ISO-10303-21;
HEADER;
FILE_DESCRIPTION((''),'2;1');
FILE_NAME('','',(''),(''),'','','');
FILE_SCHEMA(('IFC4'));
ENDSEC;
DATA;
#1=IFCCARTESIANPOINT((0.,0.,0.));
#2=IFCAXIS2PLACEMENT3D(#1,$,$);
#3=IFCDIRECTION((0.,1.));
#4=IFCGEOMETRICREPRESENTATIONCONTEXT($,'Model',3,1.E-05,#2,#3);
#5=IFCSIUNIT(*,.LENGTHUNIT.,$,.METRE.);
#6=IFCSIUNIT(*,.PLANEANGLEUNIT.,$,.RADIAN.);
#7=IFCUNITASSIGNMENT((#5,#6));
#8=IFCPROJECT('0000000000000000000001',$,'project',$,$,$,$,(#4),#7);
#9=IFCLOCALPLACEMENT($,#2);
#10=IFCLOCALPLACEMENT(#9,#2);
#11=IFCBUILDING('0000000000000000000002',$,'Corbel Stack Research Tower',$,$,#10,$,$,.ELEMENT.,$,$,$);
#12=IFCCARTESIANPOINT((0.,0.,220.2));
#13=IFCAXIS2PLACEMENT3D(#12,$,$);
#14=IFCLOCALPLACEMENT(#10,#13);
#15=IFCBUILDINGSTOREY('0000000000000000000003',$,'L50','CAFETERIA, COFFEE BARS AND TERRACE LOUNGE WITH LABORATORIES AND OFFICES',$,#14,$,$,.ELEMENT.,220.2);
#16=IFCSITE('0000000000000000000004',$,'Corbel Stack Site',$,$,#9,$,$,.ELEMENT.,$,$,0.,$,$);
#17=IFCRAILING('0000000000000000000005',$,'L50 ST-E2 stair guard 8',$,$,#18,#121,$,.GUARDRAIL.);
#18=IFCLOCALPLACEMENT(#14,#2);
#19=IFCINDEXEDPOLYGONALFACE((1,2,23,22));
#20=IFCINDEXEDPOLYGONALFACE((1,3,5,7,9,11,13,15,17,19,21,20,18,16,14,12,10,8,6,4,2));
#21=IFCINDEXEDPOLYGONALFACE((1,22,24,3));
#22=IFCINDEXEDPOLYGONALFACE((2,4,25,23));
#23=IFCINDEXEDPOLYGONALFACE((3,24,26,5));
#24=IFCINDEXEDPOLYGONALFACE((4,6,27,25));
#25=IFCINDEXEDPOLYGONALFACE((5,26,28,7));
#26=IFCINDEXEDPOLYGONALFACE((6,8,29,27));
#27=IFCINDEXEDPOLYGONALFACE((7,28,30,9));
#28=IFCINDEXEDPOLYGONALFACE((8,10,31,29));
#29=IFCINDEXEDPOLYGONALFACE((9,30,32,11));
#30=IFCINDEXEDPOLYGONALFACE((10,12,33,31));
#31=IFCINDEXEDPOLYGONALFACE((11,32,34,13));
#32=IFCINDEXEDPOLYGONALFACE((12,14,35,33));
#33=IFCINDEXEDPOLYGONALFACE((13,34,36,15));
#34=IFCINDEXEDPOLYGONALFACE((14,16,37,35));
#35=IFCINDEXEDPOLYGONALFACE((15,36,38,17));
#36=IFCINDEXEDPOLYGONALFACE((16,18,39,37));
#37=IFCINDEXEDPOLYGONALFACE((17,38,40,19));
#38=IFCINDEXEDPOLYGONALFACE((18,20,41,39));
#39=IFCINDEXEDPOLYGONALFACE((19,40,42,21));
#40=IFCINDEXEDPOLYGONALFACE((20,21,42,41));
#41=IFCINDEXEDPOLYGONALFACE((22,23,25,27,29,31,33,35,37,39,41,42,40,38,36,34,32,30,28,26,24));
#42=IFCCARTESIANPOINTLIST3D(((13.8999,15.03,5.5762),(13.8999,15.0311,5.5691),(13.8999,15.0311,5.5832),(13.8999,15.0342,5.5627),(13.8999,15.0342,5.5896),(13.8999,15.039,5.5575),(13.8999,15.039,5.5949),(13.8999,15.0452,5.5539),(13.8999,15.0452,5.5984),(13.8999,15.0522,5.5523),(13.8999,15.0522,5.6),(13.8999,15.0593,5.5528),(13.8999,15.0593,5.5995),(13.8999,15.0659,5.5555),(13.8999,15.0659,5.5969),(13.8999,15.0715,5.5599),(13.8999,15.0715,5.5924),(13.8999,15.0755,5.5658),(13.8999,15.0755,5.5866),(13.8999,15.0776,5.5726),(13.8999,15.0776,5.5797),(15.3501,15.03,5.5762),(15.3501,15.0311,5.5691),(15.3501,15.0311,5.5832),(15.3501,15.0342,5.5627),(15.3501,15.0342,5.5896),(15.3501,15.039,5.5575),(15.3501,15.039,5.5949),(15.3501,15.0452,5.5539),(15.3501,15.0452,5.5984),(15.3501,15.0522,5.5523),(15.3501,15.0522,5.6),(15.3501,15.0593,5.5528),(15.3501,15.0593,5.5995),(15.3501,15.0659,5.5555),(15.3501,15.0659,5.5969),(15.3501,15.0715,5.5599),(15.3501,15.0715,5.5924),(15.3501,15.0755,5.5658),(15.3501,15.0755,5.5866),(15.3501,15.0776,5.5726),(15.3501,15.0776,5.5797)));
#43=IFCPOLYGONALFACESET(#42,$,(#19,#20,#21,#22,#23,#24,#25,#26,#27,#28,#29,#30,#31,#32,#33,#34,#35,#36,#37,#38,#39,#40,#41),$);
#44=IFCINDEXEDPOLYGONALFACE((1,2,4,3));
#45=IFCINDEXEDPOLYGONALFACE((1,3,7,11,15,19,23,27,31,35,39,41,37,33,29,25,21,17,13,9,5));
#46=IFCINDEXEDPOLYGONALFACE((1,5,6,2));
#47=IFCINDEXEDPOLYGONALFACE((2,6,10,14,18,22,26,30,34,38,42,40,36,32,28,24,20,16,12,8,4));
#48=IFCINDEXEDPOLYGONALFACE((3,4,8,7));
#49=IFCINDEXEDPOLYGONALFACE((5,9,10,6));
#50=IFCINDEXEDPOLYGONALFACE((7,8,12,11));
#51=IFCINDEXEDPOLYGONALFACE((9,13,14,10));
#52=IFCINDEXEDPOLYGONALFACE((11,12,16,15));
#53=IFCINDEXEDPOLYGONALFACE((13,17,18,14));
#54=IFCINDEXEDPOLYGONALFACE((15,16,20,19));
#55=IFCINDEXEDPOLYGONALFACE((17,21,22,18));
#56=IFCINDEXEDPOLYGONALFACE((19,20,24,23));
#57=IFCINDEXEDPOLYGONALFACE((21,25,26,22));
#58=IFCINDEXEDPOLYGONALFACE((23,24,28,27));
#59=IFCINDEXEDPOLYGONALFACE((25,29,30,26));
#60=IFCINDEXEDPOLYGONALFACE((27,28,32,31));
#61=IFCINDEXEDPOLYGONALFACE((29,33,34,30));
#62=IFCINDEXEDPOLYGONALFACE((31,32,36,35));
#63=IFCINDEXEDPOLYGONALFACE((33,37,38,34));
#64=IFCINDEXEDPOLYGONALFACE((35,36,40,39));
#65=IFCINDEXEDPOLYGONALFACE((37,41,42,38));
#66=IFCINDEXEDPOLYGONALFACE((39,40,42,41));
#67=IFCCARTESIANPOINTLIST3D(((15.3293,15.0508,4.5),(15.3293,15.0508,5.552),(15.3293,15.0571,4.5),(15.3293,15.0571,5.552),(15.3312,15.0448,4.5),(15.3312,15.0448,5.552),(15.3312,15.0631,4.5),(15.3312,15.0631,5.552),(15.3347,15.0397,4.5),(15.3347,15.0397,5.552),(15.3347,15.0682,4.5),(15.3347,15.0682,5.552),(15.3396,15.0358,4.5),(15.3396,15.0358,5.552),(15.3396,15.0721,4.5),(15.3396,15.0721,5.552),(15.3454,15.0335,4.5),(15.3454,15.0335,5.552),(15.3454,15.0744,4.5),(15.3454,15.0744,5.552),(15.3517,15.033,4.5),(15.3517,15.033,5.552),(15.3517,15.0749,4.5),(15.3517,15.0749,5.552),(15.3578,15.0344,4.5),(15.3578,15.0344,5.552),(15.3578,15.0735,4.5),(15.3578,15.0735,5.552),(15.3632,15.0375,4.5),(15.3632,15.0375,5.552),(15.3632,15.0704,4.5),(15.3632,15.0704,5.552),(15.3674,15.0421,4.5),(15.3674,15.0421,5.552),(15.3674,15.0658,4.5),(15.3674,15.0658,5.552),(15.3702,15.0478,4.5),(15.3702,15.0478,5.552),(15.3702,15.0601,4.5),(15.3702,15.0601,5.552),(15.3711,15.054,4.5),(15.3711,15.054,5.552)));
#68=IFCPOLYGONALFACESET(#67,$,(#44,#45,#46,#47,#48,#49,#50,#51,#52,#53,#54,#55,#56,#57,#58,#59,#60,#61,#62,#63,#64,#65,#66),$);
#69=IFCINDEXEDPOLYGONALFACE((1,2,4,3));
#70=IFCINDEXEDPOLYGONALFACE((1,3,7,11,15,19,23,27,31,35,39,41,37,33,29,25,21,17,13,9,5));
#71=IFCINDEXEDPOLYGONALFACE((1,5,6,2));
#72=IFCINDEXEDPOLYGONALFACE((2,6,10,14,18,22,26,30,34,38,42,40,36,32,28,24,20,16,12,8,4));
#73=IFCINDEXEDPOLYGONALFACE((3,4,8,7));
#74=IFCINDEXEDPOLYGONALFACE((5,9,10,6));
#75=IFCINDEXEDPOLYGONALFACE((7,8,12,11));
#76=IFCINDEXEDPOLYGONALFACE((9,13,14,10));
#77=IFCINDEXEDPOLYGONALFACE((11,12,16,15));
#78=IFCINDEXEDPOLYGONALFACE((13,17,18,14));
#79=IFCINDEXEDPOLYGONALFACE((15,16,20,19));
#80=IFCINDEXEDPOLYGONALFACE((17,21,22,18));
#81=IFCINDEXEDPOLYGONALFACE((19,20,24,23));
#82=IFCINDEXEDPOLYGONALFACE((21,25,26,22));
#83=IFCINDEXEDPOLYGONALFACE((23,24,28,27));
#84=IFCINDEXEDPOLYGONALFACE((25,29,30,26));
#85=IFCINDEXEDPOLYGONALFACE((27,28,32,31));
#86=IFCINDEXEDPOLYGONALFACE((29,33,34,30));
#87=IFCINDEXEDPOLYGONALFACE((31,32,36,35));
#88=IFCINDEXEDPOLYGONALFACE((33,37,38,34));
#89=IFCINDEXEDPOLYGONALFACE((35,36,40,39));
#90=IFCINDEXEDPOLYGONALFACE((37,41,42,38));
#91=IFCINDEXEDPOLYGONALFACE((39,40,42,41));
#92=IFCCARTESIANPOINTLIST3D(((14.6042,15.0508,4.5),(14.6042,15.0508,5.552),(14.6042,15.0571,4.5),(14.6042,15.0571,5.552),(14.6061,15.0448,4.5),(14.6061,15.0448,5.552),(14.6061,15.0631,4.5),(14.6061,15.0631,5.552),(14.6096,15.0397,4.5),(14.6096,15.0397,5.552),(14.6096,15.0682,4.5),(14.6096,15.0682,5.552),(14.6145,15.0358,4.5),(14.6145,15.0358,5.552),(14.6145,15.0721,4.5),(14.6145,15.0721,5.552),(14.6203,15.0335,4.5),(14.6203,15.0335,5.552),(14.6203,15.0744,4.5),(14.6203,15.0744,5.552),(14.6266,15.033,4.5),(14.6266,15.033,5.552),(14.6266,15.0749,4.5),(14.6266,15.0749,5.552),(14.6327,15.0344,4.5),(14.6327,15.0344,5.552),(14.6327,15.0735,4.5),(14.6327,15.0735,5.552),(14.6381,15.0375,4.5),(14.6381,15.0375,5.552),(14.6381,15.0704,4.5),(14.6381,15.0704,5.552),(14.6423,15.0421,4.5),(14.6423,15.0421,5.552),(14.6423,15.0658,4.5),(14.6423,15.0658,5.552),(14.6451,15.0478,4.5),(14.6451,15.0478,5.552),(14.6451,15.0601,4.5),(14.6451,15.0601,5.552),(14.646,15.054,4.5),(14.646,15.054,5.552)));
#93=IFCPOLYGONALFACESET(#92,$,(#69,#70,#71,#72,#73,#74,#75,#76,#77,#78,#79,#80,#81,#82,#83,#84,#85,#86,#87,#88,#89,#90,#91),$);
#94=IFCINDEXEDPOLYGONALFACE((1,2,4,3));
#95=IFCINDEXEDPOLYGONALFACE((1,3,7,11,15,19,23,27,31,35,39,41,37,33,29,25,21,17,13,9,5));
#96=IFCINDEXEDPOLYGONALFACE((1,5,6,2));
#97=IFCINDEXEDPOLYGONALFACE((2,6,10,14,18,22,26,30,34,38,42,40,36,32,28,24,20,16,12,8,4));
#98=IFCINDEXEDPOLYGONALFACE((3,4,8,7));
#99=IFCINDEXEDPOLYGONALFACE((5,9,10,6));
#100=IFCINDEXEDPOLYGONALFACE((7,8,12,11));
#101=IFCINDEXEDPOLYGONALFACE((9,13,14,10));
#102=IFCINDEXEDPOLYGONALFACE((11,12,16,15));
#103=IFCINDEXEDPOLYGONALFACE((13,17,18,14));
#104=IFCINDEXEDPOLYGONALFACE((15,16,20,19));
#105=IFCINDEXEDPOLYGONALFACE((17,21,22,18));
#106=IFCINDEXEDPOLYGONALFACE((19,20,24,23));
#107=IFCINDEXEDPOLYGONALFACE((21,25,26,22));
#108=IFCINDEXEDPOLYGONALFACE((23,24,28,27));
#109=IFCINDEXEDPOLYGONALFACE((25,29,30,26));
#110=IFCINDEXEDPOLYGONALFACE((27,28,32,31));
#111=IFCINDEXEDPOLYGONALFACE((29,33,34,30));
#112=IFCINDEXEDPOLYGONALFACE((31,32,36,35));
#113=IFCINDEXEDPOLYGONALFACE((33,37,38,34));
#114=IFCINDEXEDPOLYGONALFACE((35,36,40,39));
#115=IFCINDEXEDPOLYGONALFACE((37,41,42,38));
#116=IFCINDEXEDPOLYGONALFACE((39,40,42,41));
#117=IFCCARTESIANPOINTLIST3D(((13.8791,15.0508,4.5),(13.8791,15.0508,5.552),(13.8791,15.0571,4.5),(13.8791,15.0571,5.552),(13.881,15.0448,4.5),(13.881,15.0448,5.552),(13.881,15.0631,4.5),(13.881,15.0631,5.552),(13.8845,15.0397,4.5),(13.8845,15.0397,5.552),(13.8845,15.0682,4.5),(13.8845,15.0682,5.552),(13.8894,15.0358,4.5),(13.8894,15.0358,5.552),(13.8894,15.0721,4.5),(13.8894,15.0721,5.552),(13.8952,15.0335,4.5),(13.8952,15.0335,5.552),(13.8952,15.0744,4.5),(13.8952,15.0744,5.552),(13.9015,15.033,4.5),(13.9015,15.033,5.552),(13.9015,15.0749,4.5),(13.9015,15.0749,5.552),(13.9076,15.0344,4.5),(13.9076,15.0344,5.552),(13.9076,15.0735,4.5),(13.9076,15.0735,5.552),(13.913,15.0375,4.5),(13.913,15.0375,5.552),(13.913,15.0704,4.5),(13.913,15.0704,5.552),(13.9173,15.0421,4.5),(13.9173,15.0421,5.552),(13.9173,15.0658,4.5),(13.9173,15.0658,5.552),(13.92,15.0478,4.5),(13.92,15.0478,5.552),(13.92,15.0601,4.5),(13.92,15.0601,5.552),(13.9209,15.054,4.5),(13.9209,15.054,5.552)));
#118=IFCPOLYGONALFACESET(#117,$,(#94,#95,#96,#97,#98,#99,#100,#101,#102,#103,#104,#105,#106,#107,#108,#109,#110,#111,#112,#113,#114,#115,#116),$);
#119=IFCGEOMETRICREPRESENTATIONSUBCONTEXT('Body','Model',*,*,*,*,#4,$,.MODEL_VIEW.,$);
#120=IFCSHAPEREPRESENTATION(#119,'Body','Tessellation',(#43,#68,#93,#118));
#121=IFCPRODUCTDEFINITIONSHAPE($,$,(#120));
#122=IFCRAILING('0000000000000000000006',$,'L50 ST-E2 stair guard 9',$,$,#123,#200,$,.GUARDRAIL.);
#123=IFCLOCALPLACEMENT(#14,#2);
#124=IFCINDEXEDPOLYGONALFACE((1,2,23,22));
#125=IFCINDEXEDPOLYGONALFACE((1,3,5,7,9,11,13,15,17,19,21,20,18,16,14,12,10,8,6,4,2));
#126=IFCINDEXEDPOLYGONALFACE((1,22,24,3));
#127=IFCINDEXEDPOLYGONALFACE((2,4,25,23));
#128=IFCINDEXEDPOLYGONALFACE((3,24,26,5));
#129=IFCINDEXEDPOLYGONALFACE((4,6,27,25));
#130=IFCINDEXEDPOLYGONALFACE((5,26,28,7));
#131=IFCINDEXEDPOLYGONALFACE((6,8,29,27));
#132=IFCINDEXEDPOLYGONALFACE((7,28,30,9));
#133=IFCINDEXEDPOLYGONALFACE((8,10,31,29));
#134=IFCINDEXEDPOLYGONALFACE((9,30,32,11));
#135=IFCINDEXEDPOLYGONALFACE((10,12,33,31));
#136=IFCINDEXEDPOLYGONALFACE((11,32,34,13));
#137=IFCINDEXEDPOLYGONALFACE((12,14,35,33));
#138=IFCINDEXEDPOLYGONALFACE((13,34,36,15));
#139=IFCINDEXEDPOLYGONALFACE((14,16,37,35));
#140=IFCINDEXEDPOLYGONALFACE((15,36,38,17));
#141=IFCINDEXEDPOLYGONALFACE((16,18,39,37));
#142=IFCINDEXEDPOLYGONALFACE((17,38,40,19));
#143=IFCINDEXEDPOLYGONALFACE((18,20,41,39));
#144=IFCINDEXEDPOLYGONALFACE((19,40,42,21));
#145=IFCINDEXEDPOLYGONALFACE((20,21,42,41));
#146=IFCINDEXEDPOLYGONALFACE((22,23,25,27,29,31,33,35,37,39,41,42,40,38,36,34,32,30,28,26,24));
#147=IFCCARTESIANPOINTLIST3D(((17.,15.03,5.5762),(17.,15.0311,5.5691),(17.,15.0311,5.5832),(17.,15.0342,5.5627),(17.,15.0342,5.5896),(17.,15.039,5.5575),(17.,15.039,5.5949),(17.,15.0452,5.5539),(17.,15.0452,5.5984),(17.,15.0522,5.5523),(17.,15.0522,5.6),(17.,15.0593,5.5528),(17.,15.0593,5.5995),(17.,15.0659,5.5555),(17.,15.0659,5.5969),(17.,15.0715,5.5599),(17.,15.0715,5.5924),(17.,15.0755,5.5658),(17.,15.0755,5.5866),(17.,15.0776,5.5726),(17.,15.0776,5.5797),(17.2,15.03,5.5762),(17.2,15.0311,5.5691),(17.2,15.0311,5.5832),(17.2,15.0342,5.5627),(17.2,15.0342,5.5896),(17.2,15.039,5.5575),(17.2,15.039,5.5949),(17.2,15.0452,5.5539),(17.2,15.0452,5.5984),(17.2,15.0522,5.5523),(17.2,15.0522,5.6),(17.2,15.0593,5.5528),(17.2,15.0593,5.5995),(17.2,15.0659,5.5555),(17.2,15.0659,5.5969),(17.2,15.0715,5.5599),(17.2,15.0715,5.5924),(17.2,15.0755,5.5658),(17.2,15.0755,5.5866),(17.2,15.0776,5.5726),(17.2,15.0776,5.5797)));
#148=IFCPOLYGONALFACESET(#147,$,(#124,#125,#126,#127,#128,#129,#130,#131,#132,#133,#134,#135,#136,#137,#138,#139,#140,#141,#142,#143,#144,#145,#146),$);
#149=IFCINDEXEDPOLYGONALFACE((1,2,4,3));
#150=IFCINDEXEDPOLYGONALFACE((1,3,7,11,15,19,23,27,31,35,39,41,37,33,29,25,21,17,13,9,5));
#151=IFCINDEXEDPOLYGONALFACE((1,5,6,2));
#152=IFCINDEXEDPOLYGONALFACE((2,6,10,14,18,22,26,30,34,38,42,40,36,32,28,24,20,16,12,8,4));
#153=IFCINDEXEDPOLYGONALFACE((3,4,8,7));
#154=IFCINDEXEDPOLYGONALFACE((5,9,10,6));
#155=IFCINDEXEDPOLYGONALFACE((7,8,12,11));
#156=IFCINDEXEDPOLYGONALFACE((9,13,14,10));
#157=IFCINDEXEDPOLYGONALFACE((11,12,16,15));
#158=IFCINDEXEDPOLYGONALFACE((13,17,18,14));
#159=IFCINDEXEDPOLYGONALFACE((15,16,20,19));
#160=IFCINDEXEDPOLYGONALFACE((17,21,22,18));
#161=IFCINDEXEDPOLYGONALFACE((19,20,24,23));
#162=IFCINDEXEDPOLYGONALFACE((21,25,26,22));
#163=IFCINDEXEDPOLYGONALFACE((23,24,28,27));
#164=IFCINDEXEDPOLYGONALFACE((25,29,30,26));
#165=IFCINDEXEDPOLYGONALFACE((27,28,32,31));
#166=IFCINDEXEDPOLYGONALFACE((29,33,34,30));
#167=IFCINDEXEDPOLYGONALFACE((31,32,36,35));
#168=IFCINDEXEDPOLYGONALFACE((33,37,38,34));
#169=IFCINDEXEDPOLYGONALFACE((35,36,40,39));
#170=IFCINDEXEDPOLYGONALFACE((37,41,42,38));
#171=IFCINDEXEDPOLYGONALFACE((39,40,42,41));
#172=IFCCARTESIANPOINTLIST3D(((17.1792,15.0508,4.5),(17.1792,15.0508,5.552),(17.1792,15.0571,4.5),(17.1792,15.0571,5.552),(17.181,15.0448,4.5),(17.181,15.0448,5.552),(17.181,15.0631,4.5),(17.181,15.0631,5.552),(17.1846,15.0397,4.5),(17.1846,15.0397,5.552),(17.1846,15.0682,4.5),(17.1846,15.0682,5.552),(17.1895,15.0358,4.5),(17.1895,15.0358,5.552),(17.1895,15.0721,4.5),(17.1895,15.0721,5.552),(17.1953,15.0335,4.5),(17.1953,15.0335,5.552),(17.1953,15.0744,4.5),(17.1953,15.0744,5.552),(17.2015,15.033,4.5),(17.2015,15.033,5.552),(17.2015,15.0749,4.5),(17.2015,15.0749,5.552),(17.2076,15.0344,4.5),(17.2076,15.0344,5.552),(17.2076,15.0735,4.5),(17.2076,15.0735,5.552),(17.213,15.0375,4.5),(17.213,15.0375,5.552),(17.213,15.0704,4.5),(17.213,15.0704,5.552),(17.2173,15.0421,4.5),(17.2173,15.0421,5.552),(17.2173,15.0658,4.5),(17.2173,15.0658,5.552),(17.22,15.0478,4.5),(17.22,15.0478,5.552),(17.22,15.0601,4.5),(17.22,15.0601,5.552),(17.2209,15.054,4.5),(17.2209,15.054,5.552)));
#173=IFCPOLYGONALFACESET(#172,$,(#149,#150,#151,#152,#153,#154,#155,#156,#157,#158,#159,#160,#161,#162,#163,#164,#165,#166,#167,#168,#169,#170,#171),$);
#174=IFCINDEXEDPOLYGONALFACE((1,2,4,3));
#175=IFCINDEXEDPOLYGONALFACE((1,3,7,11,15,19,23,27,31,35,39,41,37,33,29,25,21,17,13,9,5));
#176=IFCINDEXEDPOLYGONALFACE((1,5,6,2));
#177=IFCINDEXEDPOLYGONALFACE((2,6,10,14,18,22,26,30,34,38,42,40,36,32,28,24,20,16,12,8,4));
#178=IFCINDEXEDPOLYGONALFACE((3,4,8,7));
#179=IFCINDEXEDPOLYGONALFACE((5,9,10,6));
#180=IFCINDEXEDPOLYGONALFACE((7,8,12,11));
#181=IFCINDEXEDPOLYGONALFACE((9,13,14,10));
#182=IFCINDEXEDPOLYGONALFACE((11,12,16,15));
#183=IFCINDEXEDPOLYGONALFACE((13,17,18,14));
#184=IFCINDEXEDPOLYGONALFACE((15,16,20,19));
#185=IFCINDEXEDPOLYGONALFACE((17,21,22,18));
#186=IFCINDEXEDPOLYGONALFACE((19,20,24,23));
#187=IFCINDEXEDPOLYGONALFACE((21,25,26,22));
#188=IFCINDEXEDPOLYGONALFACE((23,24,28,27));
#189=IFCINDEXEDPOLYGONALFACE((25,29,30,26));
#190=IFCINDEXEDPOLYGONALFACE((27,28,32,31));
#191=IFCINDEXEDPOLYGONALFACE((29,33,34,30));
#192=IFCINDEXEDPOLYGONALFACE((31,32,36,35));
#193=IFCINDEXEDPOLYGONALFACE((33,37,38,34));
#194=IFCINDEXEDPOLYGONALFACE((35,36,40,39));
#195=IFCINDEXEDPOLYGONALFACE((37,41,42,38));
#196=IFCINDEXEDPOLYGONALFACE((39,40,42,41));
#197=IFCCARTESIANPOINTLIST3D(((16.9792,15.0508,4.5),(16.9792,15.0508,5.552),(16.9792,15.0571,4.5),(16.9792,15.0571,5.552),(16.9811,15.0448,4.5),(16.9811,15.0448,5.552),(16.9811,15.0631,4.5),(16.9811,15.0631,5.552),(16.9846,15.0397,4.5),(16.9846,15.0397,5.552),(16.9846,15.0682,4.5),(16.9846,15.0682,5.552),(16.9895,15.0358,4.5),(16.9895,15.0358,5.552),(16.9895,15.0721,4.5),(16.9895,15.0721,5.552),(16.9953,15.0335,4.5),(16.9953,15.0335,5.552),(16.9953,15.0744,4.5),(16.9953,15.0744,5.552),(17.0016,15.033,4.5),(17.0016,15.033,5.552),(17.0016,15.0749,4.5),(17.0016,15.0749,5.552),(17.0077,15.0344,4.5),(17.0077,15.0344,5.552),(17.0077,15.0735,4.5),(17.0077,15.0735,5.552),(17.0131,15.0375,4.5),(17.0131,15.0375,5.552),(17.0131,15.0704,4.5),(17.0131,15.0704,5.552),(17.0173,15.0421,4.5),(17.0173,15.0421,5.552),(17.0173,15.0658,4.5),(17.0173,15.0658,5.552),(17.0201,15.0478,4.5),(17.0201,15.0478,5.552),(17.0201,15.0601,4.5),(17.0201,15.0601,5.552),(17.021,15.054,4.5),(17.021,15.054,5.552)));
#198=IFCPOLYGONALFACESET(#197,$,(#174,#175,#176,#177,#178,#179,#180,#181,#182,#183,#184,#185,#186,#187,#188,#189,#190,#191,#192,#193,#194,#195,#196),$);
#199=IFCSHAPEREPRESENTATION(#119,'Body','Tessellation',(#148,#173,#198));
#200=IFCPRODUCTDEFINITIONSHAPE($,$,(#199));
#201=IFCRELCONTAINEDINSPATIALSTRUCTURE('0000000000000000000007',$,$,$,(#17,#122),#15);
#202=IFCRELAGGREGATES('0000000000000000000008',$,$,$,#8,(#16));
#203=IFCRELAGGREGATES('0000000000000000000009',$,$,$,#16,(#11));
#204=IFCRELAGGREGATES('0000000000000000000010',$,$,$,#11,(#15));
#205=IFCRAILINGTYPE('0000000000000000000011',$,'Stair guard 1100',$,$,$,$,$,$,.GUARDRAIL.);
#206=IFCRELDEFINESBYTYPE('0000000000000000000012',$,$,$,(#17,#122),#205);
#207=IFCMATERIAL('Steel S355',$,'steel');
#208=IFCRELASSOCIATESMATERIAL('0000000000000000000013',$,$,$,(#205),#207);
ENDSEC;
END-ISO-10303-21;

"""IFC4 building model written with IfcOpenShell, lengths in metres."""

from ifc_helpers import new_model, si_unit, direction, frame, origin, origin_2d, place, context, subcontext, project, spatial, circle, extrude, material, type_object, element, save


model = new_model("IFC4")

# Units and contexts
model_context = context("Model", 3, precision=1e-05, world=origin(), true_north=direction((0.0, 1.0)))
body_context = subcontext(model_context, "Body", "Model", "MODEL_VIEW")
ifc_project = project(units=[si_unit("LENGTHUNIT", "METRE"), si_unit("PLANEANGLEUNIT", "RADIAN")], contexts=[model_context])

# Site, building, storey
site_placement = place(None, origin())
site = spatial("IfcSite", under=ifc_project, at=site_placement, Name="Corbel Stack Site", CompositionType="ELEMENT", RefElevation=0.0)
building_placement = place(site_placement, origin())
building = spatial("IfcBuilding", under=site, at=building_placement, Name="Corbel Stack Research Tower", CompositionType="ELEMENT")
storey_placement = place(building_placement, frame((0.0, 0.0, 220.2)))
storey = spatial("IfcBuildingStorey", under=building, at=storey_placement, Name="L50", Description="CAFETERIA, COFFEE BARS AND TERRACE LOUNGE WITH LABORATORIES AND OFFICES", CompositionType="ELEMENT", Elevation=220.2)

# Railings
ifc_material_1 = material(Name="Steel S355", Category="steel")
railing_type_1 = type_object("IfcRailingType", Name="Stair guard 1100", PredefinedType="GUARDRAIL", material=ifc_material_1)
railing_1_placement = place(storey_placement, frame((15.3501, 15.054, 4.5)))
element("IfcRailing", 1, at=railing_1_placement, inside=storey, type_object=railing_type_1, Name="L50 ST-E2 stair guard 8", PredefinedType="GUARDRAIL", context=body_context, shape_type="SweptSolid", body=[
    extrude(circle(Radius=0.0239, at=origin_2d()), frame((0.0, 0.0, 1.0762), z_axis=(-1.0, 0.0, 0.0), x_axis=(0.0, -1.0, 0.0)), (0.0, 0.0, 1.0), 1.4502),
    extrude(circle(Radius=0.021, at=origin_2d()), origin(), (0.0, 0.0, 1.0), 1.052),
    extrude(circle(Radius=0.021, at=origin_2d()), frame((-0.7251, 0.0, 0.0)), (0.0, 0.0, 1.0), 1.052),
    extrude(circle(Radius=0.021, at=origin_2d()), frame((-1.4502, 0.0, 0.0)), (0.0, 0.0, 1.0), 1.052),
])
railing_2_placement = place(storey_placement, frame((17.2, 15.054, 4.5)))
element("IfcRailing", 2, at=railing_2_placement, inside=storey, type_object=railing_type_1, Name="L50 ST-E2 stair guard 9", PredefinedType="GUARDRAIL", context=body_context, shape_type="SweptSolid", body=[
    extrude(circle(Radius=0.0239, at=origin_2d()), frame((0.0, 0.0, 1.0762), z_axis=(-1.0, 0.0, 0.0), x_axis=(0.0, -1.0, 0.0)), (0.0, 0.0, 1.0), 0.2),
    extrude(circle(Radius=0.021, at=origin_2d()), origin(), (0.0, 0.0, 1.0), 1.052),
    extrude(circle(Radius=0.021, at=origin_2d()), frame((-0.2, 0.0, 0.0)), (0.0, 0.0, 1.0), 1.052),
])

save(model, "model.ifc")
